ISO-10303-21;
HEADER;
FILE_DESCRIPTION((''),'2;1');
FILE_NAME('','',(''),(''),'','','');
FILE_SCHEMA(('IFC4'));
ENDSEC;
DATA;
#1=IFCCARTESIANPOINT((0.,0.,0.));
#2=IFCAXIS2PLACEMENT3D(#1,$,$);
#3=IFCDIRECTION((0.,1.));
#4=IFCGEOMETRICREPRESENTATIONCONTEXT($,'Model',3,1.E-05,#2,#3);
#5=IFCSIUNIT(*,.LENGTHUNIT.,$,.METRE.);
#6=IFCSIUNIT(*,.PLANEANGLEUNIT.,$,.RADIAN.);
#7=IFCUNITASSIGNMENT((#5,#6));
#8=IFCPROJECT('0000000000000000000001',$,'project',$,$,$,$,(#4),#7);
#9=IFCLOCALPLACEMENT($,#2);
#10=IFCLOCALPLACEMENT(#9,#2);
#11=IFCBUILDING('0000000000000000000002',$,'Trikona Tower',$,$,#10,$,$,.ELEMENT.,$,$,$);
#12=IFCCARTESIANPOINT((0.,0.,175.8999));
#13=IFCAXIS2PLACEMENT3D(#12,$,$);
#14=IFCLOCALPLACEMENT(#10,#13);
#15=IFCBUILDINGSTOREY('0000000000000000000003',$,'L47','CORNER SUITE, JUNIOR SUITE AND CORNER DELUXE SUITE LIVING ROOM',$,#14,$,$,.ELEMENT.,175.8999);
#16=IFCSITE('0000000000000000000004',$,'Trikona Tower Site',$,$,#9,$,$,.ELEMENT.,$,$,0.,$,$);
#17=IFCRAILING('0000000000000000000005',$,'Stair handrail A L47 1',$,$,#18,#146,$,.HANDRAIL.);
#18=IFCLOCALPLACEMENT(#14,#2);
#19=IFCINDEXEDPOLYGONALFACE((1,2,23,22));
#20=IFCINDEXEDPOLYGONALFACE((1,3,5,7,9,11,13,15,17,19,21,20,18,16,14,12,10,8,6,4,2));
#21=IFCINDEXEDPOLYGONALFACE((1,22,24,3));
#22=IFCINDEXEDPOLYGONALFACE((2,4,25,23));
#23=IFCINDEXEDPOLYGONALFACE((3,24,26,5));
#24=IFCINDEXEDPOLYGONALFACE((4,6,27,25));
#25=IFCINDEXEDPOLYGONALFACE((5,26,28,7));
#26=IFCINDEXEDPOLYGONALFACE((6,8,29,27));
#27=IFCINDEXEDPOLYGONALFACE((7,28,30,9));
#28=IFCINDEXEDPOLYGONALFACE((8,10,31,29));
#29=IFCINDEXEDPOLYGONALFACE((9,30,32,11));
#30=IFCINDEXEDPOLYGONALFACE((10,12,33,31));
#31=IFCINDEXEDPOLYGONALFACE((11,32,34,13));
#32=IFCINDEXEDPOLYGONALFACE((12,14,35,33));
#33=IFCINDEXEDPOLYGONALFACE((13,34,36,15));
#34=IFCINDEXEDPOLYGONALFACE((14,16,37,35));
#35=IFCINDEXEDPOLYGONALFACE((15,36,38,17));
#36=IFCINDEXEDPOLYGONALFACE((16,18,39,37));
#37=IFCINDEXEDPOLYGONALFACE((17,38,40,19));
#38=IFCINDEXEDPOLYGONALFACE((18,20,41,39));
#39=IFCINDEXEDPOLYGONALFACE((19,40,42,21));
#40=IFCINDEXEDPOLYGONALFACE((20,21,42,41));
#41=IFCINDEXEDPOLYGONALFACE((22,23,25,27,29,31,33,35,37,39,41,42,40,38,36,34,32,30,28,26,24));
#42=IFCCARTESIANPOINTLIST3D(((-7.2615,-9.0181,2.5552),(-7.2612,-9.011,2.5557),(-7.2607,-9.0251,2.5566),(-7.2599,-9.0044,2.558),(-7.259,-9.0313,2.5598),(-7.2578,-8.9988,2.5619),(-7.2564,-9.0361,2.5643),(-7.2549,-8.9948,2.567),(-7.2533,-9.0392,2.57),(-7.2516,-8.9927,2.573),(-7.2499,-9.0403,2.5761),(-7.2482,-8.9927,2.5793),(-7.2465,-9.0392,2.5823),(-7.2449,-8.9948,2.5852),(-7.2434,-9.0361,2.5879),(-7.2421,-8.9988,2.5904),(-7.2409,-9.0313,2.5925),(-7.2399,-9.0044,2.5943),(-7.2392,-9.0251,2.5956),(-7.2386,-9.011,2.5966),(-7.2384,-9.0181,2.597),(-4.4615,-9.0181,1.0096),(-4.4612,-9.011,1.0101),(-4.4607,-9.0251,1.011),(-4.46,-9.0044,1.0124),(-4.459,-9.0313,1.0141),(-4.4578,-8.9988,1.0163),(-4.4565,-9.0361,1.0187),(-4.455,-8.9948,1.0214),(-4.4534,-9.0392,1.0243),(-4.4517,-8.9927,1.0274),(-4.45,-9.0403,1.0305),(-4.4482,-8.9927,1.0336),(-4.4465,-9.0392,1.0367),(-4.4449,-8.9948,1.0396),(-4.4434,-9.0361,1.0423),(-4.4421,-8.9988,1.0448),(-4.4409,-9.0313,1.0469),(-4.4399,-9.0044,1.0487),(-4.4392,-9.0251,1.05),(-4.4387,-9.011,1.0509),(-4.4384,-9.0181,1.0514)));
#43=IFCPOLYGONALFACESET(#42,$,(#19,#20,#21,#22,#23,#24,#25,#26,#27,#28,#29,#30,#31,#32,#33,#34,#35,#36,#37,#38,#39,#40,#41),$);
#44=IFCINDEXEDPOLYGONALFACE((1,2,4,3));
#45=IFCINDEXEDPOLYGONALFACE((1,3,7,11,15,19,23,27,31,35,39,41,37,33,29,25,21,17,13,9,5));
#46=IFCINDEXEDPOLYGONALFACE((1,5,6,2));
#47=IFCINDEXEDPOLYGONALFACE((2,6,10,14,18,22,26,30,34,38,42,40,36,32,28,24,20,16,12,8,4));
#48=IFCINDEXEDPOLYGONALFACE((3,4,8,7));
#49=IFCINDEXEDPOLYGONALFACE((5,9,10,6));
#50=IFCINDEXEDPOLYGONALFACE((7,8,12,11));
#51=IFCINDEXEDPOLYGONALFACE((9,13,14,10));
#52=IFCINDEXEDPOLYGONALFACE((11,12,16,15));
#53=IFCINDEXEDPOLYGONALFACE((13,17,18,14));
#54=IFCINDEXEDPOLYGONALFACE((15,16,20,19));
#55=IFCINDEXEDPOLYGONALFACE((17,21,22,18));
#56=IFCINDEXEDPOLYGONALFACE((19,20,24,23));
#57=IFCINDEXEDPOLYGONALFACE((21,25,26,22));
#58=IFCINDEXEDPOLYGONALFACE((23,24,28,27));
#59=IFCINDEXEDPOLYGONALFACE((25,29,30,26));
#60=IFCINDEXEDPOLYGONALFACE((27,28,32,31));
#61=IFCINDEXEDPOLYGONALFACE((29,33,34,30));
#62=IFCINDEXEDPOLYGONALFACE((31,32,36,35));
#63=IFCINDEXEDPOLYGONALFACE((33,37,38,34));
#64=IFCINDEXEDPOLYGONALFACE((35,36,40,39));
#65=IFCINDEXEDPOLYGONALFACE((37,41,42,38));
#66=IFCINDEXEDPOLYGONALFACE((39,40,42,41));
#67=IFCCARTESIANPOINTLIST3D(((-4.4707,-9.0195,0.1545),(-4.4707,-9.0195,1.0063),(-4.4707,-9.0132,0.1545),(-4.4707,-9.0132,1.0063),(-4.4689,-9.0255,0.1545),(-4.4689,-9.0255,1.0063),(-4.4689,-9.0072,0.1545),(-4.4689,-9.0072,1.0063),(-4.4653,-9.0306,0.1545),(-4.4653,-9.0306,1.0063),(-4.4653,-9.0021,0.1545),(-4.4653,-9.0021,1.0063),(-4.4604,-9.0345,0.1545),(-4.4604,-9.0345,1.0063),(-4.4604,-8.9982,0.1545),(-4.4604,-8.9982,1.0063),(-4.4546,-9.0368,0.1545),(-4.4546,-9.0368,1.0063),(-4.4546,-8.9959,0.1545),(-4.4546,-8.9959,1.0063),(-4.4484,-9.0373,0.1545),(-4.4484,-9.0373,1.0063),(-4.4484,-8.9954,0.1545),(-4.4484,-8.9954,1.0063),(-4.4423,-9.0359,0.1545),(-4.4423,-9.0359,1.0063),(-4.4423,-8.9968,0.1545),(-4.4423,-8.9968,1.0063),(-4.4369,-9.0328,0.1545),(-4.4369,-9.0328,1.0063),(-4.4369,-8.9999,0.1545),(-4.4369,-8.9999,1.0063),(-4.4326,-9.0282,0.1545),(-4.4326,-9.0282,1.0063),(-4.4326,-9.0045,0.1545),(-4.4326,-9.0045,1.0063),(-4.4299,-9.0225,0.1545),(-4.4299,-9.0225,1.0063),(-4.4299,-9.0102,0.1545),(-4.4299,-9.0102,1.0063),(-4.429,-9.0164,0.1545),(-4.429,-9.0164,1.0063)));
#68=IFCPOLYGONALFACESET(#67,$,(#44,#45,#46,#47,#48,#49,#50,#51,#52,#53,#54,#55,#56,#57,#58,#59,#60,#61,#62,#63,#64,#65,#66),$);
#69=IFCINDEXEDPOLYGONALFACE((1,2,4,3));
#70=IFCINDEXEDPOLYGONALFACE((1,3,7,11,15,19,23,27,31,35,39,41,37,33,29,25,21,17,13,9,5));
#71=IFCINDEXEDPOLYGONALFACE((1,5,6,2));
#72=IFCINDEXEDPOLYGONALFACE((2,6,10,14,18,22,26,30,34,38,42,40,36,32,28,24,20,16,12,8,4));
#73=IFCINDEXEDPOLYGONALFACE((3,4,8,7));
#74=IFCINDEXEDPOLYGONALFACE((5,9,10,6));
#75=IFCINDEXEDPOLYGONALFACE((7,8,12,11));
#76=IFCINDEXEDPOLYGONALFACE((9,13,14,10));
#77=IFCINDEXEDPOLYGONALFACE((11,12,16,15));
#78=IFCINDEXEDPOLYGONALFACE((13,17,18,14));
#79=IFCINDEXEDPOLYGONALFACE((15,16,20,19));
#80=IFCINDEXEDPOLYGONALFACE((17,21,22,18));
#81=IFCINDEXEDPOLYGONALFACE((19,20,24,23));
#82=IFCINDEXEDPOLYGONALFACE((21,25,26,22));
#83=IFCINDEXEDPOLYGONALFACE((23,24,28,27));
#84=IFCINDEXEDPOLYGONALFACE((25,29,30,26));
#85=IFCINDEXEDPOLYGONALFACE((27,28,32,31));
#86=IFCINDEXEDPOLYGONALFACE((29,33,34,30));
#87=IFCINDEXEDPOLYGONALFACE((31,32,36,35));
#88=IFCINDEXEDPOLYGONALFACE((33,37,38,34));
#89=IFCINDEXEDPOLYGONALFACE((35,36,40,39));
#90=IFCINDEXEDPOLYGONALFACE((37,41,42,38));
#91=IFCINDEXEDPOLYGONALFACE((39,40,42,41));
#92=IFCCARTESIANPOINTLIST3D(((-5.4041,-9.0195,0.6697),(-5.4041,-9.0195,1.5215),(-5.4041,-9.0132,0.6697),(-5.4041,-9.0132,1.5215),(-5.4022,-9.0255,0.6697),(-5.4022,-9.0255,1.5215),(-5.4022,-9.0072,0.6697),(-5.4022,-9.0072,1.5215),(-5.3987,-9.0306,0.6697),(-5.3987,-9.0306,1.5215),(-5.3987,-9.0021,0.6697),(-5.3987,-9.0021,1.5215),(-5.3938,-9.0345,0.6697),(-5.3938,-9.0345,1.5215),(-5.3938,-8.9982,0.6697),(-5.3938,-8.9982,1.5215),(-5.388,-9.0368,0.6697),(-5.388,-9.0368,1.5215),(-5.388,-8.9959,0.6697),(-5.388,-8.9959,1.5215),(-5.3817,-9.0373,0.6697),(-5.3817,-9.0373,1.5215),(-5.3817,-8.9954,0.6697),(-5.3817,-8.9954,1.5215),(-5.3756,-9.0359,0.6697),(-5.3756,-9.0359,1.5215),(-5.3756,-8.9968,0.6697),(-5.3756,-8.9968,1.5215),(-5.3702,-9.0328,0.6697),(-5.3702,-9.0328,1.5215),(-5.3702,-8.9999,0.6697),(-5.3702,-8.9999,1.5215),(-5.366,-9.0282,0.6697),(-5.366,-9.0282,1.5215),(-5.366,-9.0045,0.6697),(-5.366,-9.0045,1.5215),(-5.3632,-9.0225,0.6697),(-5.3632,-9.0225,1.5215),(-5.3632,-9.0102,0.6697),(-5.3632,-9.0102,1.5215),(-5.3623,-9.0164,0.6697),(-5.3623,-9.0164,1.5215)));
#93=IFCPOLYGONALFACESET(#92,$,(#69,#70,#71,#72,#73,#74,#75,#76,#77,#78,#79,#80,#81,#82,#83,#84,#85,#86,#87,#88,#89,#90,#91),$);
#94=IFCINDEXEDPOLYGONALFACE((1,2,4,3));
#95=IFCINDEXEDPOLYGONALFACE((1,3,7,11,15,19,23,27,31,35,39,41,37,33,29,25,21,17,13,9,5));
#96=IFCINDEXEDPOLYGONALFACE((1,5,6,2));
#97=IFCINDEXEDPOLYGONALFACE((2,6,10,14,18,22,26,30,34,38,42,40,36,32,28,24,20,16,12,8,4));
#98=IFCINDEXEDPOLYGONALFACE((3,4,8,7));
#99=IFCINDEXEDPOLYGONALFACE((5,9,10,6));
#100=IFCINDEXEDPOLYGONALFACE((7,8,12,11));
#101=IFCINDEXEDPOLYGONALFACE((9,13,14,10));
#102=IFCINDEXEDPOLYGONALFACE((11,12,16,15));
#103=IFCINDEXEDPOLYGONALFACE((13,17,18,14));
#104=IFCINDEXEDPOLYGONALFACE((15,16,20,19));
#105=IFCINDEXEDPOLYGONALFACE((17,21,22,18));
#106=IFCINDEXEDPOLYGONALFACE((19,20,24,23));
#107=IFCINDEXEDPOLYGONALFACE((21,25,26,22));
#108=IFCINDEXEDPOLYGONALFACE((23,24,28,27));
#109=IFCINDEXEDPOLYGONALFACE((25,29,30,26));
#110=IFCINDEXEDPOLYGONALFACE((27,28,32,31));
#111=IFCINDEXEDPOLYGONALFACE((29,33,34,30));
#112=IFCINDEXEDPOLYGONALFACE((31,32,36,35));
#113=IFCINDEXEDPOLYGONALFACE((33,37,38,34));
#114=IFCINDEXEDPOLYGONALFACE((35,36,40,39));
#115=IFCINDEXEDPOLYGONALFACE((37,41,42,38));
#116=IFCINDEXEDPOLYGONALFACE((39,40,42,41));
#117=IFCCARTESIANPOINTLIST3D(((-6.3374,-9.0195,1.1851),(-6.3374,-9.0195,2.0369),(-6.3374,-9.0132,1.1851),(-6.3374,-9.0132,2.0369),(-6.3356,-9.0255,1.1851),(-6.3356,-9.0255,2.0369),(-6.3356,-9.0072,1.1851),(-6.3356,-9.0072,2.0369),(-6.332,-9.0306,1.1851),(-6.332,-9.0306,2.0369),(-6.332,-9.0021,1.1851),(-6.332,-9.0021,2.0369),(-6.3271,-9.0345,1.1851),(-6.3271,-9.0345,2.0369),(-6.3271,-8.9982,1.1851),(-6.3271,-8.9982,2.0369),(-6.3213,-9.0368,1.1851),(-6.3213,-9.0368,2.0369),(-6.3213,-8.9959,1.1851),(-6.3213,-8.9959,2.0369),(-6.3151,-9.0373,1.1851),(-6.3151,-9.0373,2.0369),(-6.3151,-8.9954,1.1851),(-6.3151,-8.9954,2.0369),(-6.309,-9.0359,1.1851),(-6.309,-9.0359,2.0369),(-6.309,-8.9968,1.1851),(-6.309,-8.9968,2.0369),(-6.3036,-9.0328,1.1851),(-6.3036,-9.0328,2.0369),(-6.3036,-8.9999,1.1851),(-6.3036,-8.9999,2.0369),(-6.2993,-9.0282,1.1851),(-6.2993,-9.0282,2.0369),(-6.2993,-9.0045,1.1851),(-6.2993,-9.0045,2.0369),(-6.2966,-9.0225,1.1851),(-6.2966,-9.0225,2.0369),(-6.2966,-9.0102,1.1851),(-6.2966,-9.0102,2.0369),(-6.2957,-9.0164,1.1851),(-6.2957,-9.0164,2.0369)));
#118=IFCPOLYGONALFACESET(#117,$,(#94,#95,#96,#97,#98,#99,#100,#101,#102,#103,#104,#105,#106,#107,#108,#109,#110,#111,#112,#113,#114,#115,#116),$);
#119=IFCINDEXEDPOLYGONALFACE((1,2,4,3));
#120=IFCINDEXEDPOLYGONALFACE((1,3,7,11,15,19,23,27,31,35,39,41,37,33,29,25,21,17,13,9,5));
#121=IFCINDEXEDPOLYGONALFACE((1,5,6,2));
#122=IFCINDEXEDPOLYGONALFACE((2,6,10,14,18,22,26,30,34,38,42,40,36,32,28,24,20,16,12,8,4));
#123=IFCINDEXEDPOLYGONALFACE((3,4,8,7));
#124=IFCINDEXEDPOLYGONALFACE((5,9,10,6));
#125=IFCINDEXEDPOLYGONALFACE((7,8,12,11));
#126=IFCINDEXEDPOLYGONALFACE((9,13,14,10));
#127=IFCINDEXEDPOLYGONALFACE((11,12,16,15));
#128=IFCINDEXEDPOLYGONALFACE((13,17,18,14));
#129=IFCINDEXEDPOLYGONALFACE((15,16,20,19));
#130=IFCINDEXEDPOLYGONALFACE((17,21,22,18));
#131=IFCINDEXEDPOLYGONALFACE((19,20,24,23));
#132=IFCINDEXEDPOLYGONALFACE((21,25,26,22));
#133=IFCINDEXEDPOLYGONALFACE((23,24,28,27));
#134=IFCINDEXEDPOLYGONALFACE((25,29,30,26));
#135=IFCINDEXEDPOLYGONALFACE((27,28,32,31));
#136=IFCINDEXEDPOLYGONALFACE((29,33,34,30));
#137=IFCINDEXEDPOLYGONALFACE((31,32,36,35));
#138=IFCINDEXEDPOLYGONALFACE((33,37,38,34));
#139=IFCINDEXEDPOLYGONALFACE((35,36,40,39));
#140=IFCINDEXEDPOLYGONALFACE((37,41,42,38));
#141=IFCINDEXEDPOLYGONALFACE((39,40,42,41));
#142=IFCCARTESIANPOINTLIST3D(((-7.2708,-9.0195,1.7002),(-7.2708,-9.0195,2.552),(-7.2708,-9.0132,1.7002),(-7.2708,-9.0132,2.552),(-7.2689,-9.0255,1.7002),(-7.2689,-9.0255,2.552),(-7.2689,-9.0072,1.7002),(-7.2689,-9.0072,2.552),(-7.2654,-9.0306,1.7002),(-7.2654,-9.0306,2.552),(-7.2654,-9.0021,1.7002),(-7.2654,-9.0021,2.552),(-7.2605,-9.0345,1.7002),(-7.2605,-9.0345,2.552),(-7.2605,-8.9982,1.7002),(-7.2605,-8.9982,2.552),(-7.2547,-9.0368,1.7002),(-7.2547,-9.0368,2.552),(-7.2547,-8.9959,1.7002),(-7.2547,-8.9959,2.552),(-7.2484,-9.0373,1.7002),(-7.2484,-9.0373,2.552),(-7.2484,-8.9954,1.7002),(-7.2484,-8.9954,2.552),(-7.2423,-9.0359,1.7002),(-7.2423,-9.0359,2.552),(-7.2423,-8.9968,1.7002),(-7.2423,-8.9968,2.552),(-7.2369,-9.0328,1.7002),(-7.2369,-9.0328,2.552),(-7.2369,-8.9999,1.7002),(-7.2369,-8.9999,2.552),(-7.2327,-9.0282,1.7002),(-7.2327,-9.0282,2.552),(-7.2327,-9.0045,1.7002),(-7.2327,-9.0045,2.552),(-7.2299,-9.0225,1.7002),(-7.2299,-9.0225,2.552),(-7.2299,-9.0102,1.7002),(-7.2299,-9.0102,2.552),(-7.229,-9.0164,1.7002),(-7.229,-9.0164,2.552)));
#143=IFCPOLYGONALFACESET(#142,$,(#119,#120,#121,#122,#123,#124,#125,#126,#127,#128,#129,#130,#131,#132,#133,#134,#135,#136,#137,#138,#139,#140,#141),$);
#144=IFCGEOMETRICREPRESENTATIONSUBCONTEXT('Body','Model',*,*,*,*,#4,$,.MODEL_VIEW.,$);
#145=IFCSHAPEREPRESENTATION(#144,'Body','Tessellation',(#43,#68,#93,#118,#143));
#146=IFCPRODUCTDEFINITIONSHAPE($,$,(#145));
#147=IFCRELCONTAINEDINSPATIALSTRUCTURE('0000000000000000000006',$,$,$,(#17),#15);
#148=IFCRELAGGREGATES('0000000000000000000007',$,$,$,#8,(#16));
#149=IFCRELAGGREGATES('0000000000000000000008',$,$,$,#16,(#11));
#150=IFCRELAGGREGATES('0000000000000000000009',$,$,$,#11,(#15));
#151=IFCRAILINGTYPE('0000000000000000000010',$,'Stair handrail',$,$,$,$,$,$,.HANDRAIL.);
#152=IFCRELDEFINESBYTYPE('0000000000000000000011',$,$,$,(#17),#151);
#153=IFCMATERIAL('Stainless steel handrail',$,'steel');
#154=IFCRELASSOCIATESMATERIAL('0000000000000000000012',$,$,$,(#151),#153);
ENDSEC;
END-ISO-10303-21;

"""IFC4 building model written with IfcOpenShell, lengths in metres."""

from ifc_helpers import new_model, si_unit, direction, frame, origin, origin_2d, place, context, subcontext, project, spatial, circle, extrude, material, type_object, element, save


model = new_model("IFC4")

# Units and contexts
model_context = context("Model", 3, precision=1e-05, world=origin(), true_north=direction((0.0, 1.0)))
body_context = subcontext(model_context, "Body", "Model", "MODEL_VIEW")
ifc_project = project(units=[si_unit("LENGTHUNIT", "METRE"), si_unit("PLANEANGLEUNIT", "RADIAN")], contexts=[model_context])

# Site, building, storey
site_placement = place(None, origin())
site = spatial("IfcSite", under=ifc_project, at=site_placement, Name="Trikona Tower Site", CompositionType="ELEMENT", RefElevation=0.0)
building_placement = place(site_placement, origin())
building = spatial("IfcBuilding", under=site, at=building_placement, Name="Trikona Tower", CompositionType="ELEMENT")
storey_placement = place(building_placement, frame((0.0, 0.0, 175.8999)))
storey = spatial("IfcBuildingStorey", under=building, at=storey_placement, Name="L47", Description="CORNER SUITE, JUNIOR SUITE AND CORNER DELUXE SUITE LIVING ROOM", CompositionType="ELEMENT", Elevation=175.8999)

# Railing
ifc_material_1 = material(Name="Stainless steel handrail", Category="steel")
railing_type = type_object("IfcRailingType", Name="Stair handrail", PredefinedType="HANDRAIL", material=ifc_material_1)
railing_placement = place(storey_placement, frame((-4.45, -9.0164, 0.1545)))
element("IfcRailing", 1, at=railing_placement, inside=storey, type_object=railing_type, Name="Stair handrail A L47 1", PredefinedType="HANDRAIL", context=body_context, shape_type="SweptSolid", body=[
    extrude(circle(Radius=0.0239, at=origin_2d()), frame((0.0, 0.0, 0.876), z_axis=(-0.875472, 0.0, 0.483269), x_axis=(0.0, -1.0, 0.0)), (0.0, 0.0, 1.0), 3.1982),
    extrude(circle(Radius=0.021, at=origin_2d()), origin(), (0.0, 0.0, 1.0), 0.8518),
    extrude(circle(Radius=0.021, at=origin_2d()), frame((-0.9333, 0.0, 0.5151)), (0.0, 0.0, 1.0), 0.8518),
    extrude(circle(Radius=0.021, at=origin_2d()), frame((-1.8667, 0.0, 1.0305)), (0.0, 0.0, 1.0), 0.8518),
    extrude(circle(Radius=0.021, at=origin_2d()), frame((-2.8, 0.0, 1.5457)), (0.0, 0.0, 1.0), 0.8518),
])

save(model, "model.ifc")
